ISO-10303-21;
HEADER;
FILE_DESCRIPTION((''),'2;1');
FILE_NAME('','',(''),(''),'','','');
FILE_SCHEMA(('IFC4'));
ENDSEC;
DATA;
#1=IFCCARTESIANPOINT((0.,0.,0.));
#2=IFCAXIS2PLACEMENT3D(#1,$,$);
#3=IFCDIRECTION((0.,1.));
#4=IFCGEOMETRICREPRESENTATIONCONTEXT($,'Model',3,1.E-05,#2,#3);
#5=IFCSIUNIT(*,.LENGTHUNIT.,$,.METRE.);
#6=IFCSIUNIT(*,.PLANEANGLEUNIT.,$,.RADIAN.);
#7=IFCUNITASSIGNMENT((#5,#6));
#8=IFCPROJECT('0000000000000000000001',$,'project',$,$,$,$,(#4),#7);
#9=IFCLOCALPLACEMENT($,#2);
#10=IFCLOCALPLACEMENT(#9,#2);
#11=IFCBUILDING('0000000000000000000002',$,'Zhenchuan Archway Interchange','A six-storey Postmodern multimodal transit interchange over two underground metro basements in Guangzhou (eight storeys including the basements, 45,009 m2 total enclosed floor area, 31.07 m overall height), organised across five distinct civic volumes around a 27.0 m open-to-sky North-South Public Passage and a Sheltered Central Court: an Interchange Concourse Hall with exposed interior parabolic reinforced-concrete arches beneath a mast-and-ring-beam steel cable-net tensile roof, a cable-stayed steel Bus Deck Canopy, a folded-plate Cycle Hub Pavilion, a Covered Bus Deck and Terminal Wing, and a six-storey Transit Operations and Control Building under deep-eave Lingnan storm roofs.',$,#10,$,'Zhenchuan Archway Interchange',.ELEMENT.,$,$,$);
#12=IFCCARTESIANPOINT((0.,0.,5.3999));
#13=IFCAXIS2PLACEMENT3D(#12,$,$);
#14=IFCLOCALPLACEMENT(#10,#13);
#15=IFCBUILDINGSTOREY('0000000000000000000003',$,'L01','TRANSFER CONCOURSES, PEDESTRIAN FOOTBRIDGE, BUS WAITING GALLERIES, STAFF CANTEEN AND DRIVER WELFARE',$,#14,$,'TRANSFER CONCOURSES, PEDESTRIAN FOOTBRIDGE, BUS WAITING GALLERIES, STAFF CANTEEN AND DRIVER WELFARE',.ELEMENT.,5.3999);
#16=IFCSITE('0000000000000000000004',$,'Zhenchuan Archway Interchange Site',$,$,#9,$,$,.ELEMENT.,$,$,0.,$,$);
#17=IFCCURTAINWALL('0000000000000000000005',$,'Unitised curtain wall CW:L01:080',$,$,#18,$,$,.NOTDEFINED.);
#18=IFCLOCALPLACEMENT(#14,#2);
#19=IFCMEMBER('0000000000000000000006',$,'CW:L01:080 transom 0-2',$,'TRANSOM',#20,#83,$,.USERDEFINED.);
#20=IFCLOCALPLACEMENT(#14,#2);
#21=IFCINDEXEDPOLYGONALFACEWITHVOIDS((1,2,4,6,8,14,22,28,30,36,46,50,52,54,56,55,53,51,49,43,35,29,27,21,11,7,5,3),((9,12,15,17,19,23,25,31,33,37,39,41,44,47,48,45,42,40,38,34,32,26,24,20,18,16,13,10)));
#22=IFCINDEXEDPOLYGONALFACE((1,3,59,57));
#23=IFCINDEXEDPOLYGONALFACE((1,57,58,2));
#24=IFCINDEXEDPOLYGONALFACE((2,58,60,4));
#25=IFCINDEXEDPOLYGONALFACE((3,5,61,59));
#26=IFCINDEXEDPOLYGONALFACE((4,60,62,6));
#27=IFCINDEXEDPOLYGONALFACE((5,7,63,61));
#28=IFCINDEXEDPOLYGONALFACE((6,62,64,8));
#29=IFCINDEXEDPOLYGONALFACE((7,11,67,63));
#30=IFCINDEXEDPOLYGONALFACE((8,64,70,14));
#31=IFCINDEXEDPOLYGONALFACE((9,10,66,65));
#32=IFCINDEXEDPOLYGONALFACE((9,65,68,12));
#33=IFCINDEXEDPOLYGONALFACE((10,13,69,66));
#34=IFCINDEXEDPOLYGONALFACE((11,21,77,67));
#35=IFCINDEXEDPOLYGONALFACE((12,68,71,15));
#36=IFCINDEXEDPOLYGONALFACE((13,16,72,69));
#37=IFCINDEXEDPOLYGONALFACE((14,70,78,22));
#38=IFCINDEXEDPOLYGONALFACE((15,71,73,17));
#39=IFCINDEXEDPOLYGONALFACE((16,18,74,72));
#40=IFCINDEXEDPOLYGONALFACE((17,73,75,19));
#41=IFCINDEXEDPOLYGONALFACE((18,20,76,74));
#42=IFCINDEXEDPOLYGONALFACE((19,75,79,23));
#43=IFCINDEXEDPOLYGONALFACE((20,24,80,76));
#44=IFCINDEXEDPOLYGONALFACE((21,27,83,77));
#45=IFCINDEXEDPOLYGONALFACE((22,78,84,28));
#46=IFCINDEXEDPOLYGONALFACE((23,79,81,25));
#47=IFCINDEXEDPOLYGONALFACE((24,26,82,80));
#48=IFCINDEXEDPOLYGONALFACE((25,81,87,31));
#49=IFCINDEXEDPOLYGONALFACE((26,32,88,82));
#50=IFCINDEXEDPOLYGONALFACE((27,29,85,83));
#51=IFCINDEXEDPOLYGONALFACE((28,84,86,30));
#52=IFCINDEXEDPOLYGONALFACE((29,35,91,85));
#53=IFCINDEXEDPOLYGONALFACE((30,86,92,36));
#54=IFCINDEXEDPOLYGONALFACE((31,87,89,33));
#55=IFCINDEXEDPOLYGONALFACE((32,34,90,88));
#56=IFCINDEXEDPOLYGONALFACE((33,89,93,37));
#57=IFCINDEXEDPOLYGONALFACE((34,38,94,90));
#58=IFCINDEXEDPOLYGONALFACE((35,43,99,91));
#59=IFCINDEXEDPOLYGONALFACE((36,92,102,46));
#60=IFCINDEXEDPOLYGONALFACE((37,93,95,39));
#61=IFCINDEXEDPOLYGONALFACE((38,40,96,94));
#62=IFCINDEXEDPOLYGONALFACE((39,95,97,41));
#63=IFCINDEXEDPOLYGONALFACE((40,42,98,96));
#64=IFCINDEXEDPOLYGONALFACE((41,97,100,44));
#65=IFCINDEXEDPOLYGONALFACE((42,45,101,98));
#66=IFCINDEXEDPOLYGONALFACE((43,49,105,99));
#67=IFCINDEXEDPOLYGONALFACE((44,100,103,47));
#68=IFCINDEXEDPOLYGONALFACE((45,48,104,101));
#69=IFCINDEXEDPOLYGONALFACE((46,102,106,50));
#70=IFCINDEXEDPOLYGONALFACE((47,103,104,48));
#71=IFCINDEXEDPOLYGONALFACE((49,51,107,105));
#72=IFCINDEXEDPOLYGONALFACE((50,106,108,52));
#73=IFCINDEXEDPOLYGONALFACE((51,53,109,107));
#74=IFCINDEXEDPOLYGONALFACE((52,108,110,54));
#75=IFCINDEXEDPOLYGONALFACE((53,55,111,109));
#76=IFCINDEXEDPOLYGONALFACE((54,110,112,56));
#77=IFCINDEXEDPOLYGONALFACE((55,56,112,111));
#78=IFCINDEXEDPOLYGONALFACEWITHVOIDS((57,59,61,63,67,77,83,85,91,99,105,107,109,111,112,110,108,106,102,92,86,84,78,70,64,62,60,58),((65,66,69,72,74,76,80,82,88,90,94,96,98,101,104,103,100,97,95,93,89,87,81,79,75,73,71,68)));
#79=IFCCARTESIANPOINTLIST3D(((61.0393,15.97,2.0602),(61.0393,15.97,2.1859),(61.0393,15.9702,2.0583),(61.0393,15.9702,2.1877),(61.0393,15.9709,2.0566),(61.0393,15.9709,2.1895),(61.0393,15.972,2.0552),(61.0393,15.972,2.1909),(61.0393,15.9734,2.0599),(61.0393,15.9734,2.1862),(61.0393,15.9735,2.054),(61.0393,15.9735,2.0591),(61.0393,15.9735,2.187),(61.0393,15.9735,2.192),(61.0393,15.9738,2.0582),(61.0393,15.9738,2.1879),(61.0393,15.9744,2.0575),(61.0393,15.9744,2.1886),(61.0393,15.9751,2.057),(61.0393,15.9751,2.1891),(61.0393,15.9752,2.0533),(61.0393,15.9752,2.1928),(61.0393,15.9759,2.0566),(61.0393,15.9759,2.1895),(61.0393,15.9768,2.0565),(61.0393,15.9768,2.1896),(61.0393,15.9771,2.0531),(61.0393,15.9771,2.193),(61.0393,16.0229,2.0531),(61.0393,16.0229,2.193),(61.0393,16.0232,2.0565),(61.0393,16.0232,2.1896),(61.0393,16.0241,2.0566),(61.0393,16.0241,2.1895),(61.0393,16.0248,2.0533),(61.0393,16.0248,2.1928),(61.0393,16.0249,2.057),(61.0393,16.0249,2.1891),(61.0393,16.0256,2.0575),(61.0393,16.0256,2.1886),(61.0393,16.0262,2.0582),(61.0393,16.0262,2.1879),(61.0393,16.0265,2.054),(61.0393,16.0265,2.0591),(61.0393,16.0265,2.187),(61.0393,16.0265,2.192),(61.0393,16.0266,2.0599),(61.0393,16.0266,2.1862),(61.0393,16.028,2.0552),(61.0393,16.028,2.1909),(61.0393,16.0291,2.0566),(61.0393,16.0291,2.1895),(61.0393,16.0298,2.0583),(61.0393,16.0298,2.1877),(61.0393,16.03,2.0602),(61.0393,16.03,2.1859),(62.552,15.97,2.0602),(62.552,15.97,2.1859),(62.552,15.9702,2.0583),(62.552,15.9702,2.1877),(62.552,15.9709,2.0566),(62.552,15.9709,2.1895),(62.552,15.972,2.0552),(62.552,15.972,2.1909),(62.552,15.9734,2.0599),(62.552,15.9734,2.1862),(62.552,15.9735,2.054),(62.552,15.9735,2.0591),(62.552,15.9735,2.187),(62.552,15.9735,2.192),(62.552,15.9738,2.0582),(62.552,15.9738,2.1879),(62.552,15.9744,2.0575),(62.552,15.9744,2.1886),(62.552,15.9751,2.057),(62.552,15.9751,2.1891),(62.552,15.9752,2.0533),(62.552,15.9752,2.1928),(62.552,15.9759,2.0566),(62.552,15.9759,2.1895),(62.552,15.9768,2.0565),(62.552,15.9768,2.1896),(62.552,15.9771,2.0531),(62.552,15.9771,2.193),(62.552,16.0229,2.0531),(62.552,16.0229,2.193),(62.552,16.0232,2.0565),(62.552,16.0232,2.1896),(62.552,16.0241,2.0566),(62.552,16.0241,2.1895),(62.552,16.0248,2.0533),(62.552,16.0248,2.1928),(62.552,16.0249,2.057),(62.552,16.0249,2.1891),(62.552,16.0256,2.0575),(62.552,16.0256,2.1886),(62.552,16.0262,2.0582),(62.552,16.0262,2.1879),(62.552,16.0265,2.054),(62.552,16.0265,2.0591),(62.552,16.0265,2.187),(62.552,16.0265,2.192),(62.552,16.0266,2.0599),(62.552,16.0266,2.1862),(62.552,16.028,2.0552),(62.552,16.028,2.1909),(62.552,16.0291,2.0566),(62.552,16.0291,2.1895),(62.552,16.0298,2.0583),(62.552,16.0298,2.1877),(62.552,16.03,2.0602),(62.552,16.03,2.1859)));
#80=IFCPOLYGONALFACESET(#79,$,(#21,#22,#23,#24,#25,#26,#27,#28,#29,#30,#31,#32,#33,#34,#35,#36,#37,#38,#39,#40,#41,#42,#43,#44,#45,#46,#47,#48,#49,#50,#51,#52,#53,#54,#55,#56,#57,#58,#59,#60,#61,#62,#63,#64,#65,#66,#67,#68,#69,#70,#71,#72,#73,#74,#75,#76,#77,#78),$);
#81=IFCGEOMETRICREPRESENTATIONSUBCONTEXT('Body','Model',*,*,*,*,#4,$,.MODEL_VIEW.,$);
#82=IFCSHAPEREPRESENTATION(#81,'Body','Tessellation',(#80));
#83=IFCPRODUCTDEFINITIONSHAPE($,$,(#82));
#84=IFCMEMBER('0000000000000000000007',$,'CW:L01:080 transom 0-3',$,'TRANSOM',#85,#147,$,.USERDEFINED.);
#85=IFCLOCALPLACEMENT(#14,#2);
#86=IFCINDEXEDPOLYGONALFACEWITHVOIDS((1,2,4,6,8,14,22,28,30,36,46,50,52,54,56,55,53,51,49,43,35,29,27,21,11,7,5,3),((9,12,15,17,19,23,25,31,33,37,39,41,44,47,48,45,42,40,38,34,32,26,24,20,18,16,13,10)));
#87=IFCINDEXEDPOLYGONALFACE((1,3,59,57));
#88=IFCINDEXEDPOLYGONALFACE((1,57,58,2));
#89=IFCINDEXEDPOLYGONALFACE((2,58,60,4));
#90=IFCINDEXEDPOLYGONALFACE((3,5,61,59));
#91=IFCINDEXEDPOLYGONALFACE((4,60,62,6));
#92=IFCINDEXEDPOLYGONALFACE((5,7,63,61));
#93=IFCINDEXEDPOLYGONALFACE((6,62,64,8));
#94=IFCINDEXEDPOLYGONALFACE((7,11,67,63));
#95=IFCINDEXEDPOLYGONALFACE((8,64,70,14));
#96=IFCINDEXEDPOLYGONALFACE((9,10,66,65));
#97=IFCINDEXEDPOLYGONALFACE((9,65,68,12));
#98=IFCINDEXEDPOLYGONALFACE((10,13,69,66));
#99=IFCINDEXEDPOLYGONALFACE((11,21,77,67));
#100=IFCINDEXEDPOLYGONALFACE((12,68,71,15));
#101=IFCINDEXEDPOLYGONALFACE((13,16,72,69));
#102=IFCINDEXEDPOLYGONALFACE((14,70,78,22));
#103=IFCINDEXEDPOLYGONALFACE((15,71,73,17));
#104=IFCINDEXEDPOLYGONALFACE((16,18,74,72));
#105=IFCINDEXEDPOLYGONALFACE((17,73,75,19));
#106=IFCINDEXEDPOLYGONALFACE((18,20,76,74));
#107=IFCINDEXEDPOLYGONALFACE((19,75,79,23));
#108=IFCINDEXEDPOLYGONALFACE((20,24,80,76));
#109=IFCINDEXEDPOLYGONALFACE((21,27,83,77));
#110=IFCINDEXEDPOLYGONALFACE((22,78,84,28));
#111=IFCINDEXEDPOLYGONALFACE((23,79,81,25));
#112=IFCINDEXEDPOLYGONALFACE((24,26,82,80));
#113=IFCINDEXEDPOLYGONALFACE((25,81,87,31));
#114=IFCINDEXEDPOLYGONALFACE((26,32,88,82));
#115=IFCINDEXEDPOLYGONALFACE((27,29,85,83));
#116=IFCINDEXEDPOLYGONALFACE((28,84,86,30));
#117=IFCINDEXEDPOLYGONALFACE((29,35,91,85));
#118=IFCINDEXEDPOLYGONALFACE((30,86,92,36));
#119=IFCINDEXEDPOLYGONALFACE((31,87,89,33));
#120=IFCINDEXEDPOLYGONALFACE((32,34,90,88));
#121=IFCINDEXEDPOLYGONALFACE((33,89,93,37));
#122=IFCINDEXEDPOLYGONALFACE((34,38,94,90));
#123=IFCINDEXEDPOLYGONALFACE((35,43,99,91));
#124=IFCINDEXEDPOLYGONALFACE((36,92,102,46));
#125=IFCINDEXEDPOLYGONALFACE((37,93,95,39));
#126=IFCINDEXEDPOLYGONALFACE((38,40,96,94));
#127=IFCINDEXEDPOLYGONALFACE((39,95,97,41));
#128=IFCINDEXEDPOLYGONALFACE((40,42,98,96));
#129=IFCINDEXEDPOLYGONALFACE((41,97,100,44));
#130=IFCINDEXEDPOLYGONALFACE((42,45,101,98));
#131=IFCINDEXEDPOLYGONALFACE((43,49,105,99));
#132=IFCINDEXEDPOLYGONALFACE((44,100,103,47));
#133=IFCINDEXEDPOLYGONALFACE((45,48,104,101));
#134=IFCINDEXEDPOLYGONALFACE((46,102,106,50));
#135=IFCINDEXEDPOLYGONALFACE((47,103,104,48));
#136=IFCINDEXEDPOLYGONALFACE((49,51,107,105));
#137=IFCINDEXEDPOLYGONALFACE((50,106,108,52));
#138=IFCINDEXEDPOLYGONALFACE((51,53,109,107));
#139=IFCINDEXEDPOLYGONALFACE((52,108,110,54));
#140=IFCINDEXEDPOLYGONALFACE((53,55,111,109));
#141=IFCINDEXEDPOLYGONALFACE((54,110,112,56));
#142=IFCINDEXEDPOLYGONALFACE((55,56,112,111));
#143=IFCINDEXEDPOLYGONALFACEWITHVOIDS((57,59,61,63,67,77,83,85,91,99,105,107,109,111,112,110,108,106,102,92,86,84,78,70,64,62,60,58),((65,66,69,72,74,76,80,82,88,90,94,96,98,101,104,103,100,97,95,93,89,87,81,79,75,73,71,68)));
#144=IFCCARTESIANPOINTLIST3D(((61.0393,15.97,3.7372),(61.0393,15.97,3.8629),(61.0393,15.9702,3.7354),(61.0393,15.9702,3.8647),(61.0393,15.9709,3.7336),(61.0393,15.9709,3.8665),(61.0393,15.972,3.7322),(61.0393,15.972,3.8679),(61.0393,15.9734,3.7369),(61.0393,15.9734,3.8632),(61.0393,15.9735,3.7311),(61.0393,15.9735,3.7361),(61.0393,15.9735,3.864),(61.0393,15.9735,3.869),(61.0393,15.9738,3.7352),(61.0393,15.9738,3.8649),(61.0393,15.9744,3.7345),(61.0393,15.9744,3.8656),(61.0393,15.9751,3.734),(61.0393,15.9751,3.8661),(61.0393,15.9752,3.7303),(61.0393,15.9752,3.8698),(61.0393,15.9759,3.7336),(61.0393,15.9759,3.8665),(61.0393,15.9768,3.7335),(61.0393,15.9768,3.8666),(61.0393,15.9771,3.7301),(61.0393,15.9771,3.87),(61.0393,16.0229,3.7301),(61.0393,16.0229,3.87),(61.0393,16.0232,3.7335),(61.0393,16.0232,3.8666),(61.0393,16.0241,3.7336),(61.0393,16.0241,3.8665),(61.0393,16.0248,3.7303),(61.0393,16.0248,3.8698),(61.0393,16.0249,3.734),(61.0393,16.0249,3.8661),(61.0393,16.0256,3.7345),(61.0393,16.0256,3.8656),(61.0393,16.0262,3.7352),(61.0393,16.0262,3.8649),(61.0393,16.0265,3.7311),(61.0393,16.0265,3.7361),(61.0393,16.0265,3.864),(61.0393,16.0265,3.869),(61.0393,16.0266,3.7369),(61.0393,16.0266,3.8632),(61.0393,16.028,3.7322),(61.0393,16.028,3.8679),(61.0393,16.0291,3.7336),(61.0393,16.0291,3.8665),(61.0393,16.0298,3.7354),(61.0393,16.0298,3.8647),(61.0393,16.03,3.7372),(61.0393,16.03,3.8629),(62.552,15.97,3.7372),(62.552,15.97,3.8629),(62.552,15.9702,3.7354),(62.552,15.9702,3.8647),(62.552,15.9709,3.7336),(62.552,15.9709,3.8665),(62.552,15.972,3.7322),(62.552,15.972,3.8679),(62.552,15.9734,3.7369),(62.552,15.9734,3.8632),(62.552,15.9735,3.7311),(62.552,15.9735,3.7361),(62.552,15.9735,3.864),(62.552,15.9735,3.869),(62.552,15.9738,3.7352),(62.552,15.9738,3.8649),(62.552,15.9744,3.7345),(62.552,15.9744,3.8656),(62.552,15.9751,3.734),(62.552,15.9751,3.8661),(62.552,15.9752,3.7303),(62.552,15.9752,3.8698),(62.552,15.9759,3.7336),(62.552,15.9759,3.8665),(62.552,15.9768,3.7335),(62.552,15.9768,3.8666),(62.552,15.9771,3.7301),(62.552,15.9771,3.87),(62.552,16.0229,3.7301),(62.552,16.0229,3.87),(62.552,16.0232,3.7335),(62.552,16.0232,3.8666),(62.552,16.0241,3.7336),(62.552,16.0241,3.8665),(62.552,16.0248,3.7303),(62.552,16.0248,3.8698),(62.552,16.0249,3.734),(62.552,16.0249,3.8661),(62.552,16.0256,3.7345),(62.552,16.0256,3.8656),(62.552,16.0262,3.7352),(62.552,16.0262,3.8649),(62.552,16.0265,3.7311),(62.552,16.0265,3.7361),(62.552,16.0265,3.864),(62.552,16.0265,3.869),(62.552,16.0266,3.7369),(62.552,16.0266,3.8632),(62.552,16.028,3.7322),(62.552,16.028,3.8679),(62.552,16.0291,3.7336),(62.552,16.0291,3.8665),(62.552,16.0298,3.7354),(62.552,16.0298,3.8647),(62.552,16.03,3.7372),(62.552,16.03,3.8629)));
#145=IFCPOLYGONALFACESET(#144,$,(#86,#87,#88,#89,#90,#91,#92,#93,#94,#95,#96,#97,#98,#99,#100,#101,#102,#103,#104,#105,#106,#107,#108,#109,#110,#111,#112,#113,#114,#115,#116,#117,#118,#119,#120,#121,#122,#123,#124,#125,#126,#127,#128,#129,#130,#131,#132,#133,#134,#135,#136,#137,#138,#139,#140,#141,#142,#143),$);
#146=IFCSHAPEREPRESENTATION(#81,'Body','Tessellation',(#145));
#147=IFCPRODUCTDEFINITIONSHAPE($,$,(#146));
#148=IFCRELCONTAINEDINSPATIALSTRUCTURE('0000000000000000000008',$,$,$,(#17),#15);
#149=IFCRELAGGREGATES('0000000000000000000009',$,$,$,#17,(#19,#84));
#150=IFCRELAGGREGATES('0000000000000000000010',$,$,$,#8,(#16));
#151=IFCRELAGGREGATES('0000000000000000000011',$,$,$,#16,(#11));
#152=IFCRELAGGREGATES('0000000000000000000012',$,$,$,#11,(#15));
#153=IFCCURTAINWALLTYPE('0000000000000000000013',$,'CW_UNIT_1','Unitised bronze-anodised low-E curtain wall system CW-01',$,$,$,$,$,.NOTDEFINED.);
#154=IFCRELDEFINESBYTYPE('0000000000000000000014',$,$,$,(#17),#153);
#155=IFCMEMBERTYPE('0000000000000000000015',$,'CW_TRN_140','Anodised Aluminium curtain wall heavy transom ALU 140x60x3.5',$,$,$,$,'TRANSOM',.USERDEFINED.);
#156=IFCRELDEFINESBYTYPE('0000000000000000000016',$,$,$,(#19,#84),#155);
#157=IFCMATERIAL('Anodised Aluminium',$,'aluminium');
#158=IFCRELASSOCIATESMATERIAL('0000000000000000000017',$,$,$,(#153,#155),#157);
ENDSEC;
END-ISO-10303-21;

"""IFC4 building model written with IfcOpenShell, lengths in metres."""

from ifc_helpers import new_model, si_unit, direction, frame, origin, origin_2d, place, context, subcontext, project, spatial, hollow_rectangle, extrude, material, material_profile, profile_set, type_object, element, aggregate, save


model = new_model("IFC4")

# Units and contexts
model_context = context("Model", 3, precision=1e-05, world=origin(), true_north=direction((0.0, 1.0)))
body_context = subcontext(model_context, "Body", "Model", "MODEL_VIEW")
ifc_project = project(units=[si_unit("LENGTHUNIT", "METRE"), si_unit("PLANEANGLEUNIT", "RADIAN")], contexts=[model_context])

# Site, building, storey
site_placement = place(None, origin())
site = spatial("IfcSite", under=ifc_project, at=site_placement, Name="Zhenchuan Archway Interchange Site", CompositionType="ELEMENT", RefElevation=0.0)
building_placement = place(site_placement, origin())
building = spatial("IfcBuilding", under=site, at=building_placement, Name="Zhenchuan Archway Interchange", Description="A six-storey Postmodern multimodal transit interchange over two underground metro basements in Guangzhou (eight storeys including the basements, 45,009 m2 total enclosed floor area, 31.07 m overall height), organised across five distinct civic volumes around a 27.0 m open-to-sky North-South Public Passage and a Sheltered Central Court: an Interchange Concourse Hall with exposed interior parabolic reinforced-concrete arches beneath a mast-and-ring-beam steel cable-net tensile roof, a cable-stayed steel Bus Deck Canopy, a folded-plate Cycle Hub Pavilion, a Covered Bus Deck and Terminal Wing, and a six-storey Transit Operations and Control Building under deep-eave Lingnan storm roofs.", LongName="Zhenchuan Archway Interchange", CompositionType="ELEMENT")
storey_placement = place(building_placement, frame((0.0, 0.0, 5.3999)))
storey = spatial("IfcBuildingStorey", under=building, at=storey_placement, Name="L01", Description="TRANSFER CONCOURSES, PEDESTRIAN FOOTBRIDGE, BUS WAITING GALLERIES, STAFF CANTEEN AND DRIVER WELFARE", LongName="TRANSFER CONCOURSES, PEDESTRIAN FOOTBRIDGE, BUS WAITING GALLERIES, STAFF CANTEEN AND DRIVER WELFARE", CompositionType="ELEMENT", Elevation=5.3999)

# Curtain wall, members
ifc_material_1 = material(Name="Anodised Aluminium", Category="aluminium")
curtain_wall_type = type_object("IfcCurtainWallType", Name="CW_UNIT_1", Description="Unitised bronze-anodised low-E curtain wall system CW-01", PredefinedType="NOTDEFINED", material=ifc_material_1)
curtain_wall_placement = place(storey_placement, origin())
curtain_wall = element("IfcCurtainWall", 1, at=curtain_wall_placement, inside=storey, type_object=curtain_wall_type, Name="Unitised curtain wall CW:L01:080", PredefinedType="NOTDEFINED")
ifc_material_profile_1 = material_profile(ifc_material_1, hollow_rectangle(XDim=0.0601, YDim=0.1399, WallThickness=0.0034, InnerFilletRadius=0.0034, OuterFilletRadius=0.0071, at=origin_2d()), Name="ALU 140x60x3.5")
ifc_profile_set_1 = profile_set([ifc_material_profile_1], Name="Anodised Aluminium")
member_type_1 = type_object("IfcMemberType", Name="CW_TRN_140", Description="Anodised Aluminium curtain wall heavy transom ALU 140x60x3.5", ElementType="TRANSOM", PredefinedType="USERDEFINED", material=ifc_profile_set_1)
member_1_placement = place(storey_placement, frame((62.552, 16.0, 2.123), z_axis=(-1.0, 0.0, 0.0), x_axis=(0.0, -1.0, 0.0)))
member_1 = element("IfcMember", 2, at=member_1_placement, type_object=member_type_1, Name="CW:L01:080 transom 0-2", ObjectType="TRANSOM", PredefinedType="USERDEFINED", context=body_context, shape_type="SweptSolid", body=[
    extrude(hollow_rectangle(XDim=0.0601, YDim=0.1399, WallThickness=0.0034, InnerFilletRadius=0.0034, OuterFilletRadius=0.0071, at=origin_2d()), origin(), (0.0, 0.0, 1.0), 1.5127),
])
member_2_placement = place(storey_placement, frame((62.552, 16.0, 3.8), z_axis=(-1.0, 0.0, 0.0), x_axis=(0.0, -1.0, 0.0)))
member_2 = element("IfcMember", 3, at=member_2_placement, type_object=member_type_1, Name="CW:L01:080 transom 0-3", ObjectType="TRANSOM", PredefinedType="USERDEFINED", context=body_context, shape_type="SweptSolid", body=[
    extrude(hollow_rectangle(XDim=0.0601, YDim=0.1399, WallThickness=0.0034, InnerFilletRadius=0.0034, OuterFilletRadius=0.0071, at=origin_2d()), origin(), (0.0, 0.0, 1.0), 1.5127),
])

aggregate(curtain_wall, [member_1, member_2])

save(model, "model.ifc")
